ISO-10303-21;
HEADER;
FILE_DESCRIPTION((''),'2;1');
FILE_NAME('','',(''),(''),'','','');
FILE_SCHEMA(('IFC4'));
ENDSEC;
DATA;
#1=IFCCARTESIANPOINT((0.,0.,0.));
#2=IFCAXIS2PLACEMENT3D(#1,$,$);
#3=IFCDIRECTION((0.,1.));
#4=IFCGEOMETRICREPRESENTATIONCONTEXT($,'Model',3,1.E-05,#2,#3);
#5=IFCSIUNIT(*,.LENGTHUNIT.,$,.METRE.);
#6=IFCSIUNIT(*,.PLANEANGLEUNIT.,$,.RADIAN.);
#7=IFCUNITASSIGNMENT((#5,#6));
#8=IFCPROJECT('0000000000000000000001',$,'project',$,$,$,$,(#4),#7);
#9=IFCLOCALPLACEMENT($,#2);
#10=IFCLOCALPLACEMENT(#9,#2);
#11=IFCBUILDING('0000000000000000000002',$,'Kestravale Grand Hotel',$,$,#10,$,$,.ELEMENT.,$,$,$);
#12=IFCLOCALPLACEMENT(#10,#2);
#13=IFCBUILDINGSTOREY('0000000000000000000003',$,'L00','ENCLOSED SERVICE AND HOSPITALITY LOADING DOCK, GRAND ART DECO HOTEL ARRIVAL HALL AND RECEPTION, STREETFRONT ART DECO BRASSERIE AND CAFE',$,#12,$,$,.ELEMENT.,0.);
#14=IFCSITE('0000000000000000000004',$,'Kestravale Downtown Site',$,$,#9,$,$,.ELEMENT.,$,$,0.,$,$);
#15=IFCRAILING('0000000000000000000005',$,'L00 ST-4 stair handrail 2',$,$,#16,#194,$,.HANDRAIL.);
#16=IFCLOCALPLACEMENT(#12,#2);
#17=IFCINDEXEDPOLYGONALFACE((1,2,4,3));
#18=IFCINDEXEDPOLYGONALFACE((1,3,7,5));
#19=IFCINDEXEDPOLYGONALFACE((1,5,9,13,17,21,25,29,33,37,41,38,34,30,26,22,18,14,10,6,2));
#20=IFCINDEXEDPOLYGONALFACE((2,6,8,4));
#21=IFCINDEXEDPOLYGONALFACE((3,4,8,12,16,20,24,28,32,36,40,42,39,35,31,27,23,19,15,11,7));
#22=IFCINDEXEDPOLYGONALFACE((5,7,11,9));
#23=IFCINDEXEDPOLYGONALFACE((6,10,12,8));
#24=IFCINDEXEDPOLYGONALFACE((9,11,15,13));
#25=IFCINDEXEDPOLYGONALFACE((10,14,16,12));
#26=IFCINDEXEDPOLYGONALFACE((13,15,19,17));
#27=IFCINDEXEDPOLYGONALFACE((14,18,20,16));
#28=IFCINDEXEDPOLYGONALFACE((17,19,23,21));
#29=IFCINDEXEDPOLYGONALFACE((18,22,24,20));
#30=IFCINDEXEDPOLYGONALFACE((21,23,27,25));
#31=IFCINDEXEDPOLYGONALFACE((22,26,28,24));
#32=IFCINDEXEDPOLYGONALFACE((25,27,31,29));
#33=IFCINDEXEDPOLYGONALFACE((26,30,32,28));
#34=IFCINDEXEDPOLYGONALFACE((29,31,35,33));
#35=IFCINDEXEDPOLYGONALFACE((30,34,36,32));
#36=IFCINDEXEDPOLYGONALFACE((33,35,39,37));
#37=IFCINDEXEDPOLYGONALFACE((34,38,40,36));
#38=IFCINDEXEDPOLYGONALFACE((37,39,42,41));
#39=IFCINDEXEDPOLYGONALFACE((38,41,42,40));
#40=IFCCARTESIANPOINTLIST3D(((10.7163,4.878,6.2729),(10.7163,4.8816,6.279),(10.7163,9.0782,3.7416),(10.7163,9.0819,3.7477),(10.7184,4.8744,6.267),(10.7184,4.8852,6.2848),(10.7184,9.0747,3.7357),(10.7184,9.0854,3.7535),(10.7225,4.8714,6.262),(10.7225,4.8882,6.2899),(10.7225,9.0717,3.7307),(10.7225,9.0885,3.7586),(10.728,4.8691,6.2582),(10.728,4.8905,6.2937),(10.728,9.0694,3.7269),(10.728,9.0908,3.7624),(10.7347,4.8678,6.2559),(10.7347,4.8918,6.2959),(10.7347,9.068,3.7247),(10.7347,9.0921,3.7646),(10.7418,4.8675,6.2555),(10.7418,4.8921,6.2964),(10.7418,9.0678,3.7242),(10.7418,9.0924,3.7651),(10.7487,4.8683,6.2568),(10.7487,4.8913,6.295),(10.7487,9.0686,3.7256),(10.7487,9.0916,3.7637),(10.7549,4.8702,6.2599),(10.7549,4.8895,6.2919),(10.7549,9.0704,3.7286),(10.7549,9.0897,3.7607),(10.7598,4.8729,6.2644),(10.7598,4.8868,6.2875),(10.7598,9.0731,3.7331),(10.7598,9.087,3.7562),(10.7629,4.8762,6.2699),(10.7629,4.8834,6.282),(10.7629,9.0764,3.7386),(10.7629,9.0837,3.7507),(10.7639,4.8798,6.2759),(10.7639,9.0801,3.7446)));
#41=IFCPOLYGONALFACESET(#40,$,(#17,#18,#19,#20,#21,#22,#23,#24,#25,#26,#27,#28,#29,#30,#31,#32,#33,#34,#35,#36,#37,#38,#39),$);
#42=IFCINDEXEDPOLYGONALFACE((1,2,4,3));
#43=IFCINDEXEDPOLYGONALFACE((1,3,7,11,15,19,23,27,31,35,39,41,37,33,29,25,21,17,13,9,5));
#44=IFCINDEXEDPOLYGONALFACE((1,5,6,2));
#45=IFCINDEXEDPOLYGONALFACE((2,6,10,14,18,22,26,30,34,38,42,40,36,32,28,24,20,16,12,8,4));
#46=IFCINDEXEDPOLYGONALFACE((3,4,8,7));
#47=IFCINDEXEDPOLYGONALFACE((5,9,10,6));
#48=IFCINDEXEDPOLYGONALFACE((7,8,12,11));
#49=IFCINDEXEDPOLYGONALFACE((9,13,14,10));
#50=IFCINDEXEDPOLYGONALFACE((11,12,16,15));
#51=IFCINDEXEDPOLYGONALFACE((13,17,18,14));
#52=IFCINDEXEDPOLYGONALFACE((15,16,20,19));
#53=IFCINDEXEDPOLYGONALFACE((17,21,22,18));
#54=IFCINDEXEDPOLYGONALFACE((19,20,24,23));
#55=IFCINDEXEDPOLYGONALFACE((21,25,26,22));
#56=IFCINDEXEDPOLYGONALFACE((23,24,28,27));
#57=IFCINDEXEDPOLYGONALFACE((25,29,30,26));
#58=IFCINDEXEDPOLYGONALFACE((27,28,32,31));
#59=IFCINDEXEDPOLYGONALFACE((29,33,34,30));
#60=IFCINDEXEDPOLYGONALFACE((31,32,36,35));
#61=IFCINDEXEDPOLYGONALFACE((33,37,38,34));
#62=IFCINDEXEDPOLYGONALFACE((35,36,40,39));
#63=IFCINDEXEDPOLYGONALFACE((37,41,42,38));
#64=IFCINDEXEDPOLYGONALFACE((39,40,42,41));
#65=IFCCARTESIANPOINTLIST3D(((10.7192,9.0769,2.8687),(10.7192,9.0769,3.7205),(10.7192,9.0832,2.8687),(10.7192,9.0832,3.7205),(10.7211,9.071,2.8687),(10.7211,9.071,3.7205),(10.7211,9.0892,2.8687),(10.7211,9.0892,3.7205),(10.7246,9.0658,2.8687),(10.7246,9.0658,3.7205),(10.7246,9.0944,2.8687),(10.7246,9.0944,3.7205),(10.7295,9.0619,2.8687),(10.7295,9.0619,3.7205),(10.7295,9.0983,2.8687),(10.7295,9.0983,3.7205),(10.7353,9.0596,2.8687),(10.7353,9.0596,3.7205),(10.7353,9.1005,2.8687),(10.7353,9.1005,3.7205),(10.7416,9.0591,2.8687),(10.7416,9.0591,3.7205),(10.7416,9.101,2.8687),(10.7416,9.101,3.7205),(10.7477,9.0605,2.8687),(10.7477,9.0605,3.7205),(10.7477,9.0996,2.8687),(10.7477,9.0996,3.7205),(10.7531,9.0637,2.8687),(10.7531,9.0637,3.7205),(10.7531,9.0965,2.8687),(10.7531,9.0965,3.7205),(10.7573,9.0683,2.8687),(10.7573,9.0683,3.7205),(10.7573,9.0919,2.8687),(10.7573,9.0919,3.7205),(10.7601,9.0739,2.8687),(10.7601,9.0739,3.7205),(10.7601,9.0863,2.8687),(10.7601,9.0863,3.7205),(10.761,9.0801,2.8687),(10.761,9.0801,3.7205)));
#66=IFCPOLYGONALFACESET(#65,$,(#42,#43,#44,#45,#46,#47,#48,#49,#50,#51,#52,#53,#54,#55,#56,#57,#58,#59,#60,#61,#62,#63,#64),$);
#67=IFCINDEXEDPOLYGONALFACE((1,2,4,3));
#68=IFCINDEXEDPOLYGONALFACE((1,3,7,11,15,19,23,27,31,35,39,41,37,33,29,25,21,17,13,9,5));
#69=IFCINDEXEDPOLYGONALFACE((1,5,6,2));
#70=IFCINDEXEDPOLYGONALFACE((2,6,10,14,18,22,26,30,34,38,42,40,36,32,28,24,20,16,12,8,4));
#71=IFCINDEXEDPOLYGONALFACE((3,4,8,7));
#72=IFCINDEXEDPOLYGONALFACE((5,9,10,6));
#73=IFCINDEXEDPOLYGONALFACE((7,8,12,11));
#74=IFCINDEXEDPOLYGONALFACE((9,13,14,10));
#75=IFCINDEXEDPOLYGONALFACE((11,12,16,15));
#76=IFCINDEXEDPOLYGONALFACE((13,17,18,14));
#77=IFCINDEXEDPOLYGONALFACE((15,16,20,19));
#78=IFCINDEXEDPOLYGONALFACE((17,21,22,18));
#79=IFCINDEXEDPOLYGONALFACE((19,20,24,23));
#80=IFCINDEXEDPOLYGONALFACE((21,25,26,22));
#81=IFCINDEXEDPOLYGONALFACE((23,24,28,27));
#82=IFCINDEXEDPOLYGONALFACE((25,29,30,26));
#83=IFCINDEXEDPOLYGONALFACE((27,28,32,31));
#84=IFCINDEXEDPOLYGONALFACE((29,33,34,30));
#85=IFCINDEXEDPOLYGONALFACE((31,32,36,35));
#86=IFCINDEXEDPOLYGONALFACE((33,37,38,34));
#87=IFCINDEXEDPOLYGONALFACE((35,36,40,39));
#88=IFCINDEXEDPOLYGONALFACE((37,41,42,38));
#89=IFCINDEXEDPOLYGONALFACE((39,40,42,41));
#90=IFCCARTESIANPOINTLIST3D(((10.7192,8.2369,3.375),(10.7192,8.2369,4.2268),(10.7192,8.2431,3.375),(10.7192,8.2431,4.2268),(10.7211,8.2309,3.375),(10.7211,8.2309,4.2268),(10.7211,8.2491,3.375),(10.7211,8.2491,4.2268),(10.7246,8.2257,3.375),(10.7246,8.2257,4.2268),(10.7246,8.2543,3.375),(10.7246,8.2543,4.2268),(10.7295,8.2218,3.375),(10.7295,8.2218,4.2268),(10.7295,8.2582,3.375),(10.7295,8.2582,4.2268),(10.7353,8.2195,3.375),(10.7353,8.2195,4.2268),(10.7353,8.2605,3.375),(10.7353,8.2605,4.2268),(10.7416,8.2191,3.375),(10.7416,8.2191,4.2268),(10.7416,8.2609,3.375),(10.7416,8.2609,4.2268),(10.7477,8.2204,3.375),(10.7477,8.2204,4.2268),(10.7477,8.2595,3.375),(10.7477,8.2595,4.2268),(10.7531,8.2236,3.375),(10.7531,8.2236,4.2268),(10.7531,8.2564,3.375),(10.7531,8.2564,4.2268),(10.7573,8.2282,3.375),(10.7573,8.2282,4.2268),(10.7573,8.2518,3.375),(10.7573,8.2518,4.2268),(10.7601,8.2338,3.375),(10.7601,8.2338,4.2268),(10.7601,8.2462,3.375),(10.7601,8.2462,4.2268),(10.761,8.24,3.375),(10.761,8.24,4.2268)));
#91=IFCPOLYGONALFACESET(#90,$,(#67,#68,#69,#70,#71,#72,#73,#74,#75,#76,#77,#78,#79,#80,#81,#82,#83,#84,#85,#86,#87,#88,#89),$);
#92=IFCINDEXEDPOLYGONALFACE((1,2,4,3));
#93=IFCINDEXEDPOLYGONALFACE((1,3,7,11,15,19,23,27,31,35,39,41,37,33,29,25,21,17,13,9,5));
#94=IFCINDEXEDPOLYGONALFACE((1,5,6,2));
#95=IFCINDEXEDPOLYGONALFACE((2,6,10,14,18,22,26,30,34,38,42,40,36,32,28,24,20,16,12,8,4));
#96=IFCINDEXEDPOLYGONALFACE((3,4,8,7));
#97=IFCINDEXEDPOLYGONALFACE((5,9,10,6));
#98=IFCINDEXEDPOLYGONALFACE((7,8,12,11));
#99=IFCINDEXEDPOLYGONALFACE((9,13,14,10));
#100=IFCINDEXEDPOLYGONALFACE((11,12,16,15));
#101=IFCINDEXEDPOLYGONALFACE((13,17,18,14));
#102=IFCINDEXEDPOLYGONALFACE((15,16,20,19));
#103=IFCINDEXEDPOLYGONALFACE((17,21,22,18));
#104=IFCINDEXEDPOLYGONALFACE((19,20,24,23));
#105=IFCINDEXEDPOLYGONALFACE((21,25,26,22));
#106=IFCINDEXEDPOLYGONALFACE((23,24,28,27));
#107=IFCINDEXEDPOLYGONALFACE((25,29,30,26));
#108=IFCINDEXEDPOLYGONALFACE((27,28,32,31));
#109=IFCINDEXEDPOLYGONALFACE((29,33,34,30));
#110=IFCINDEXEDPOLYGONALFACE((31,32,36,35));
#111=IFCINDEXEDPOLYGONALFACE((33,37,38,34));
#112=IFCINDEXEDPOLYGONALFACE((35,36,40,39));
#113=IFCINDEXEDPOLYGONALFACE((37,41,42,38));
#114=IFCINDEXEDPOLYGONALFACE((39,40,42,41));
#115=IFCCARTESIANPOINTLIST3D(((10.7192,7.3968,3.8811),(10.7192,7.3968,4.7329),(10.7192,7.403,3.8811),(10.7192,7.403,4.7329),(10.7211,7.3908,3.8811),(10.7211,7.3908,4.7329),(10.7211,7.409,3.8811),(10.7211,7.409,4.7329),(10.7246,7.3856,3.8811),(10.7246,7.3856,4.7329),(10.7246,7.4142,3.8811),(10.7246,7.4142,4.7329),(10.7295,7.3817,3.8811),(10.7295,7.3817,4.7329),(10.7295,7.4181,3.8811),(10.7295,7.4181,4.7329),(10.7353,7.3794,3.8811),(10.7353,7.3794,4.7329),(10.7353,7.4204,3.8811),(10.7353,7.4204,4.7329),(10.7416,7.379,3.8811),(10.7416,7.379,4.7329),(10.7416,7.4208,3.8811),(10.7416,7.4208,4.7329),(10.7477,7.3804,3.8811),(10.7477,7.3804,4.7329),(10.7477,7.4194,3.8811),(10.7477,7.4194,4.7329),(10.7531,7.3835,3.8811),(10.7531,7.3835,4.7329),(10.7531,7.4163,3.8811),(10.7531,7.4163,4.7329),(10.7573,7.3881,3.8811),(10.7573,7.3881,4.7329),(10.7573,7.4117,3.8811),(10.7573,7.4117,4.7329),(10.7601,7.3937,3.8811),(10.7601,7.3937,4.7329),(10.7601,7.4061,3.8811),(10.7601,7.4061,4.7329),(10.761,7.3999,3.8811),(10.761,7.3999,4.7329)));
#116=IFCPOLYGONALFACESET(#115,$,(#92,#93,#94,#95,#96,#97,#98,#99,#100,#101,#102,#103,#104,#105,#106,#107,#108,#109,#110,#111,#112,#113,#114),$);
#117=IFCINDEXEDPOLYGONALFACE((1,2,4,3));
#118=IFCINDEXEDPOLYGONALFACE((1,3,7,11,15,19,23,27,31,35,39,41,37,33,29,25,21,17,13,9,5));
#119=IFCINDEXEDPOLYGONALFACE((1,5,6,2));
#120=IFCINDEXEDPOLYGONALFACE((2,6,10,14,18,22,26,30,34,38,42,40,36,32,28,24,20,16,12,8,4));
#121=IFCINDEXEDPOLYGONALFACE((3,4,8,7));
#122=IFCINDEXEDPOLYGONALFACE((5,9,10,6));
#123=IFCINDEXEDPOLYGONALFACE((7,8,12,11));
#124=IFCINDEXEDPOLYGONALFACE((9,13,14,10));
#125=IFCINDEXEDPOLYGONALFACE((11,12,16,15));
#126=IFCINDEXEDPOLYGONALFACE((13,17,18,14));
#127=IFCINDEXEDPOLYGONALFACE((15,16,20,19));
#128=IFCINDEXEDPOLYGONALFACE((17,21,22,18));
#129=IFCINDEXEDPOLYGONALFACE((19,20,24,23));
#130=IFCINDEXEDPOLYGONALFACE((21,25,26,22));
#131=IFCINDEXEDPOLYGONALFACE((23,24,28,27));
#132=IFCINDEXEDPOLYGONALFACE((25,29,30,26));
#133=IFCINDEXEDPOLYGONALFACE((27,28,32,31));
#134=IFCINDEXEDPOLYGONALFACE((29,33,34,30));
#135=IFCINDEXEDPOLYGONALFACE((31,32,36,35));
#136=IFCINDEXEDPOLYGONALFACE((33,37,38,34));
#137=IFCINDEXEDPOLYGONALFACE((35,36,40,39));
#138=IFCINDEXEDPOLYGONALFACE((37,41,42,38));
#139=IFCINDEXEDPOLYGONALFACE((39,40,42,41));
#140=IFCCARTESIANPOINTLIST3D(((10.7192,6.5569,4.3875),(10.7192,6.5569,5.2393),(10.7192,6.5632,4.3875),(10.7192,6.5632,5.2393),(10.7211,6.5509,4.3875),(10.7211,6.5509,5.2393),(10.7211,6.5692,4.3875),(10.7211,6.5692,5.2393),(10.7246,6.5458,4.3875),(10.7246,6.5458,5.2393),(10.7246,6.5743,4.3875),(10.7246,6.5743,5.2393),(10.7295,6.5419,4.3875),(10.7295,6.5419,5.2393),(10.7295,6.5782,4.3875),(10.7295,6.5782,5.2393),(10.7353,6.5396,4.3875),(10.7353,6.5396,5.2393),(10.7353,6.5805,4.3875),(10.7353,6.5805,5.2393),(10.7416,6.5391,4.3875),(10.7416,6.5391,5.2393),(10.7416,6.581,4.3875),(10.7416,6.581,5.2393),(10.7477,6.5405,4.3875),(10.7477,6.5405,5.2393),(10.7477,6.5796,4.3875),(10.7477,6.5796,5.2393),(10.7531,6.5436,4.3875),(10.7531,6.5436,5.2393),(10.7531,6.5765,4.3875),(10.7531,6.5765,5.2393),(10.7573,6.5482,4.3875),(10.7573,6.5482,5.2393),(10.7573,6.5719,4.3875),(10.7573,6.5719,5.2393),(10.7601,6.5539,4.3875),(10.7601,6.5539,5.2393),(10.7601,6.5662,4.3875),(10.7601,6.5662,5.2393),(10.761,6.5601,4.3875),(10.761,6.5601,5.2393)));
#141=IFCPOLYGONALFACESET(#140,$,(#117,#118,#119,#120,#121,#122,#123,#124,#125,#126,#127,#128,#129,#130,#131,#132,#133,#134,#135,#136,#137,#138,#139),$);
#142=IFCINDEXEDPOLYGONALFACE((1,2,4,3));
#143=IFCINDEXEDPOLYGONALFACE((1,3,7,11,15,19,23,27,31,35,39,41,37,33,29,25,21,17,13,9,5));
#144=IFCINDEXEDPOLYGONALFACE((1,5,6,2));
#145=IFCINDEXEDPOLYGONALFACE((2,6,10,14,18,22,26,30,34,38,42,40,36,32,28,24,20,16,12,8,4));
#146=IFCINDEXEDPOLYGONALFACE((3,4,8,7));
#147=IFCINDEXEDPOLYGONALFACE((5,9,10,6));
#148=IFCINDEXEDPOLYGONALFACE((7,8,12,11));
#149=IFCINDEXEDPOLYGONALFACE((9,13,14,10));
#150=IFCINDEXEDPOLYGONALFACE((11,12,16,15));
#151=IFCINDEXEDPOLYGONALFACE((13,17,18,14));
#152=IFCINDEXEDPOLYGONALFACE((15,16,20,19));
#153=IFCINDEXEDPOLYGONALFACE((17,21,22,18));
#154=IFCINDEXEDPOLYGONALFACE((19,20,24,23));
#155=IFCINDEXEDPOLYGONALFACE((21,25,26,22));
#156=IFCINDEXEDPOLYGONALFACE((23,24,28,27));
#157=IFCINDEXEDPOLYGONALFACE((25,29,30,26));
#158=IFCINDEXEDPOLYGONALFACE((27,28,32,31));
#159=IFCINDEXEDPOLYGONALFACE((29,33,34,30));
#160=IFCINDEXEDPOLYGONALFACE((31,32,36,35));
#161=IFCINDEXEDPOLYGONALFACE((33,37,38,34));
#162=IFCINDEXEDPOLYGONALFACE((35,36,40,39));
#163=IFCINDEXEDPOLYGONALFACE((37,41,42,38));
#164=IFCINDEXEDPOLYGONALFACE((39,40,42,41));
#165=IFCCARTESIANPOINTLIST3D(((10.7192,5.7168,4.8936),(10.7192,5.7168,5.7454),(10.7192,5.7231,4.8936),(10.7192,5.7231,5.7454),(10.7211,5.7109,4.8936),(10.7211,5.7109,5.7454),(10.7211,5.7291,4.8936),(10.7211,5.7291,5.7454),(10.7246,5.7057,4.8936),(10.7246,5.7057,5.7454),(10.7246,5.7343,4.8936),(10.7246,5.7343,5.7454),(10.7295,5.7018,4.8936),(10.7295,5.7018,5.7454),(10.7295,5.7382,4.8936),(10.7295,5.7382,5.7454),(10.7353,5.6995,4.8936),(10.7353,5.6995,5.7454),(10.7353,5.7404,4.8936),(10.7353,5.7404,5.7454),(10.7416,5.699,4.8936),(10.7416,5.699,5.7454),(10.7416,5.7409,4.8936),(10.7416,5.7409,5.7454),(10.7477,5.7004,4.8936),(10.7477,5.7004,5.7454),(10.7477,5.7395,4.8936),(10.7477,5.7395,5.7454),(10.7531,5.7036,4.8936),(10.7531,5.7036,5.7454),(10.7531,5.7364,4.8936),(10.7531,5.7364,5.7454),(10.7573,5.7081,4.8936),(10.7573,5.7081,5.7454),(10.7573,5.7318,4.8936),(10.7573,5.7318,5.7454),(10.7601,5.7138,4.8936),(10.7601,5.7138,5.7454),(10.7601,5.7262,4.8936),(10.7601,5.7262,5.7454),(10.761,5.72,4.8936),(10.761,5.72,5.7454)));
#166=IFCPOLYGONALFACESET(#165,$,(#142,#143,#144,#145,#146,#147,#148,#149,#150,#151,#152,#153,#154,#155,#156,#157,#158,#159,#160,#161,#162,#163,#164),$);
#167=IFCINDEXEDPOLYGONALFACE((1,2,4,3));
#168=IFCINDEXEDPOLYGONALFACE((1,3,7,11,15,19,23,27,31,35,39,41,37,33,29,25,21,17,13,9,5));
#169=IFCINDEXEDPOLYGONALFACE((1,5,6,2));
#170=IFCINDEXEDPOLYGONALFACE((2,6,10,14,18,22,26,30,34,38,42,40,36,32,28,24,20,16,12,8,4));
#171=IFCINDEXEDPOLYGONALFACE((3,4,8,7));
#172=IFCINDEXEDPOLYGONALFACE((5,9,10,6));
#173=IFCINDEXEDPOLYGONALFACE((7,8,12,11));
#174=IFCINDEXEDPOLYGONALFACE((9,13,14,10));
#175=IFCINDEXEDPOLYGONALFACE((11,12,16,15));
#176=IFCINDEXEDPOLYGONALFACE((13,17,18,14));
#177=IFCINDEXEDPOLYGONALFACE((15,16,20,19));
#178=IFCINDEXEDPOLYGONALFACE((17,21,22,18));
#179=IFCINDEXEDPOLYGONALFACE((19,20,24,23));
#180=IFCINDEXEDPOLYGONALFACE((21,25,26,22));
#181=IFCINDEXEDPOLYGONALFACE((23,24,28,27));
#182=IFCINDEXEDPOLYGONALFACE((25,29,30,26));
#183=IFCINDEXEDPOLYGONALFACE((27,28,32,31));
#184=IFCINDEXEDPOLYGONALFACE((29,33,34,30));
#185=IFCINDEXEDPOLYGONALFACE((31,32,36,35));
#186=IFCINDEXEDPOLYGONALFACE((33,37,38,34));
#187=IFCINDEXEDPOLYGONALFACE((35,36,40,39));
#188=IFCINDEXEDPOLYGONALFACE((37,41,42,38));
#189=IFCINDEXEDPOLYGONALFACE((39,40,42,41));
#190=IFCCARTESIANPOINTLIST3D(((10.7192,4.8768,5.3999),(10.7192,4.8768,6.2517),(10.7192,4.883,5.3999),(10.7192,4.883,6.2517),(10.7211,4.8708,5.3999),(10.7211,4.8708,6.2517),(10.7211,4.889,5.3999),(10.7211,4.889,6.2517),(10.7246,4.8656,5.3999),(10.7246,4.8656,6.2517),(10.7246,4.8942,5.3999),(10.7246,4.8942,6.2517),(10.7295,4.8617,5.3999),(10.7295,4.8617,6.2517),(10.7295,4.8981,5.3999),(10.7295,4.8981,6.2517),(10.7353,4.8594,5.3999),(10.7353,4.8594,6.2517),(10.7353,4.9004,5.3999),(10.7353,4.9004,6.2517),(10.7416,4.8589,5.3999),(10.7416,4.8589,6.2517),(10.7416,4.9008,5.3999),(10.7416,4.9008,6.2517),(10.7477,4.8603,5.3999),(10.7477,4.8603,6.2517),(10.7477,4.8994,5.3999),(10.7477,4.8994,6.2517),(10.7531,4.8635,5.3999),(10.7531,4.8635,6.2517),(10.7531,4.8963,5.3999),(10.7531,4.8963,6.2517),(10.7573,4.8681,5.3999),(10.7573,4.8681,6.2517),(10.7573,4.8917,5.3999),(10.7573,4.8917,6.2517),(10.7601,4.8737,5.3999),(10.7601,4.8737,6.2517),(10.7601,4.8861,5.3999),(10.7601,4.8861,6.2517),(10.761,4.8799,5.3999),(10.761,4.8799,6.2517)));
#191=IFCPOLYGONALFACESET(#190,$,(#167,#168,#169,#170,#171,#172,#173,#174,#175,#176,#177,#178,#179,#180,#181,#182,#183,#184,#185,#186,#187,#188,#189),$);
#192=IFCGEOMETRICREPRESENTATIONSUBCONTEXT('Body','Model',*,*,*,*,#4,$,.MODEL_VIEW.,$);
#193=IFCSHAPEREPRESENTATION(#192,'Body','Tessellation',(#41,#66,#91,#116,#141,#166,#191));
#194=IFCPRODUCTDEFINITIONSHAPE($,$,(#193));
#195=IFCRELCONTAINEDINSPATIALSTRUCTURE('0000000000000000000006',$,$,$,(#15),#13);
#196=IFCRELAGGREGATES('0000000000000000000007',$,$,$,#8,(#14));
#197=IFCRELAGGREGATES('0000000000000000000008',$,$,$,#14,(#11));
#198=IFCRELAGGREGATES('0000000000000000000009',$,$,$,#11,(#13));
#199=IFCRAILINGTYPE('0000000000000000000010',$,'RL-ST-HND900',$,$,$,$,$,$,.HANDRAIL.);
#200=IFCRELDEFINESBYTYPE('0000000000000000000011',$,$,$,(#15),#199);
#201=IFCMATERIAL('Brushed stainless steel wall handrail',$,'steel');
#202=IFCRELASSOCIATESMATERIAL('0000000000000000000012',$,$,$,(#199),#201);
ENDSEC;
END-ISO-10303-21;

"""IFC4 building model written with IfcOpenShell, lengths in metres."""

from ifc_helpers import new_model, si_unit, direction, frame, origin, origin_2d, place, context, subcontext, project, spatial, circle, extrude, material, type_object, element, save


model = new_model("IFC4")

# Units and contexts
model_context = context("Model", 3, precision=1e-05, world=origin(), true_north=direction((0.0, 1.0)))
body_context = subcontext(model_context, "Body", "Model", "MODEL_VIEW")
ifc_project = project(units=[si_unit("LENGTHUNIT", "METRE"), si_unit("PLANEANGLEUNIT", "RADIAN")], contexts=[model_context])

# Site, building, storey
site_placement = place(None, origin())
site = spatial("IfcSite", under=ifc_project, at=site_placement, Name="Kestravale Downtown Site", CompositionType="ELEMENT", RefElevation=0.0)
building_placement = place(site_placement, origin())
building = spatial("IfcBuilding", under=site, at=building_placement, Name="Kestravale Grand Hotel", CompositionType="ELEMENT")
storey_placement = place(building_placement, origin())
storey = spatial("IfcBuildingStorey", under=building, at=storey_placement, Name="L00", Description="ENCLOSED SERVICE AND HOSPITALITY LOADING DOCK, GRAND ART DECO HOTEL ARRIVAL HALL AND RECEPTION, STREETFRONT ART DECO BRASSERIE AND CAFE", CompositionType="ELEMENT", Elevation=0.0)

# Railing
ifc_material_1 = material(Name="Brushed stainless steel wall handrail", Category="steel")
railing_type_1 = type_object("IfcRailingType", Name="RL-ST-HND900", PredefinedType="HANDRAIL", material=ifc_material_1)
railing_1_placement = place(storey_placement, frame((10.74, 9.0801, 2.8687)))
element("IfcRailing", 1, at=railing_1_placement, inside=storey, type_object=railing_type_1, Name="L00 ST-4 stair handrail 2", PredefinedType="HANDRAIL", context=body_context, shape_type="SweptSolid", body=[
    extrude(circle(Radius=0.0239, at=origin_2d()), frame((0.0, 0.0, 0.876), z_axis=(0.0, -0.85649, 0.516164), x_axis=(1.0, 0.0, 0.0)), (0.0, 0.0, 1.0), 4.9041),
    extrude(circle(Radius=0.021, at=origin_2d()), origin(), (0.0, 0.0, 1.0), 0.8518),
    extrude(circle(Radius=0.021, at=origin_2d()), frame((0.0, -0.8401, 0.5063)), (0.0, 0.0, 1.0), 0.8518),
    extrude(circle(Radius=0.021, at=origin_2d()), frame((0.0, -1.6802, 1.0125)), (0.0, 0.0, 1.0), 0.8518),
    extrude(circle(Radius=0.021, at=origin_2d()), frame((0.0, -2.52, 1.5188)), (0.0, 0.0, 1.0), 0.8518),
    extrude(circle(Radius=0.021, at=origin_2d()), frame((0.0, -3.3601, 2.0249)), (0.0, 0.0, 1.0), 0.8518),
    extrude(circle(Radius=0.021, at=origin_2d()), frame((0.0, -4.2002, 2.5312)), (0.0, 0.0, 1.0), 0.8518),
])

save(model, "model.ifc")
